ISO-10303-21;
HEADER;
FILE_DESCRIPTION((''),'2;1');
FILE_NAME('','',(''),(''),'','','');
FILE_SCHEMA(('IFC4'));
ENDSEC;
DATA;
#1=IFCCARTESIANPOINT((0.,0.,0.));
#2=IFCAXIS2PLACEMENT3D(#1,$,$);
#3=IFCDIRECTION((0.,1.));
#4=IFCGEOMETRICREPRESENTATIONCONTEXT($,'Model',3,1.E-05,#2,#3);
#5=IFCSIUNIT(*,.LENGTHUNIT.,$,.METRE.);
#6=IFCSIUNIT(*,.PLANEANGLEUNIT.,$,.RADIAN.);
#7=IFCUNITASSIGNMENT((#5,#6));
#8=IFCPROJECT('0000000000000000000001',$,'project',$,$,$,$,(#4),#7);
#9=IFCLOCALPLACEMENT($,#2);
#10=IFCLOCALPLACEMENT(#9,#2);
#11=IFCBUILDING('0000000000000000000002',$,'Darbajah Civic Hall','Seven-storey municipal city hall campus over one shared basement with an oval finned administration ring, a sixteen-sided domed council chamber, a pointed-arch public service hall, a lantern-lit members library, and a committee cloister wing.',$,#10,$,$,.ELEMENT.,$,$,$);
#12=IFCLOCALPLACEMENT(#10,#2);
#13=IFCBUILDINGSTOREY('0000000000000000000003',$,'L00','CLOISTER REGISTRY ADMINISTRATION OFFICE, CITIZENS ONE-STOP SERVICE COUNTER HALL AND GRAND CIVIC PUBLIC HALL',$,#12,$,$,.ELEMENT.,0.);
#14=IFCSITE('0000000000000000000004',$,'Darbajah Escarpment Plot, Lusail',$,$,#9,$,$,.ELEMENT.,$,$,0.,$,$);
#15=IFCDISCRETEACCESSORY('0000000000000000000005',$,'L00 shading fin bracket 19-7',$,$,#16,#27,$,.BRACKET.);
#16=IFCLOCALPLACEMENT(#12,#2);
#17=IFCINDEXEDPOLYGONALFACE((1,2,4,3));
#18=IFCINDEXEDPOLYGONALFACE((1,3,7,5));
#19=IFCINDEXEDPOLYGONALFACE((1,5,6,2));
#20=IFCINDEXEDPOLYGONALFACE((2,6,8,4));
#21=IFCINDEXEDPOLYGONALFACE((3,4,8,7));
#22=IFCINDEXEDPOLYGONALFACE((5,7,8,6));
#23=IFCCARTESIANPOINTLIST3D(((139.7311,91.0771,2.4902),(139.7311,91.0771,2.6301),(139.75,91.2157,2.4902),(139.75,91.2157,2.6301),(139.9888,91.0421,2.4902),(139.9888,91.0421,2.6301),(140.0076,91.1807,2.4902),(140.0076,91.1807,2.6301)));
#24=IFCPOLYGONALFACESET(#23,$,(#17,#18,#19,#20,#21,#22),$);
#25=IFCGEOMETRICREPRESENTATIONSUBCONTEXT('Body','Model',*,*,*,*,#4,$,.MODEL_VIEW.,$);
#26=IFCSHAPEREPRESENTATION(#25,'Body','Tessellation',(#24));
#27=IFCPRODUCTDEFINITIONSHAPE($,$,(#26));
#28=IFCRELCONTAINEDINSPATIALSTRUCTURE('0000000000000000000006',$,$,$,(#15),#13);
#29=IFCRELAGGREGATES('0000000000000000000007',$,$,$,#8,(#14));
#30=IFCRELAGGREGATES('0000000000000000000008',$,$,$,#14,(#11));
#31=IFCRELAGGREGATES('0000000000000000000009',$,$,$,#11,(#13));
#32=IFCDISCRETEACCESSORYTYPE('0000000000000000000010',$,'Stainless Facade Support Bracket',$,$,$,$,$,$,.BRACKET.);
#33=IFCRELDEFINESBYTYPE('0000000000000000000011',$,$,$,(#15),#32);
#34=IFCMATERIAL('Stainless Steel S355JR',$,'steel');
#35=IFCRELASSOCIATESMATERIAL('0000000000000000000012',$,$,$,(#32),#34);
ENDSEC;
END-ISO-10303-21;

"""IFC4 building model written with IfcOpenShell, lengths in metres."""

from ifc_helpers import new_model, si_unit, direction, frame, origin, origin_2d, place, context, subcontext, project, spatial, rectangle, extrude, material, type_object, element, save


model = new_model("IFC4")

# Units and contexts
model_context = context("Model", 3, precision=1e-05, world=origin(), true_north=direction((0.0, 1.0)))
body_context = subcontext(model_context, "Body", "Model", "MODEL_VIEW")
ifc_project = project(units=[si_unit("LENGTHUNIT", "METRE"), si_unit("PLANEANGLEUNIT", "RADIAN")], contexts=[model_context])

# Site, building, storey
site_placement = place(None, origin())
site = spatial("IfcSite", under=ifc_project, at=site_placement, Name="Darbajah Escarpment Plot, Lusail", CompositionType="ELEMENT", RefElevation=0.0)
building_placement = place(site_placement, origin())
building = spatial("IfcBuilding", under=site, at=building_placement, Name="Darbajah Civic Hall", Description="Seven-storey municipal city hall campus over one shared basement with an oval finned administration ring, a sixteen-sided domed council chamber, a pointed-arch public service hall, a lantern-lit members library, and a committee cloister wing.", CompositionType="ELEMENT")
storey_placement = place(building_placement, origin())
storey = spatial("IfcBuildingStorey", under=building, at=storey_placement, Name="L00", Description="CLOISTER REGISTRY ADMINISTRATION OFFICE, CITIZENS ONE-STOP SERVICE COUNTER HALL AND GRAND CIVIC PUBLIC HALL", CompositionType="ELEMENT", Elevation=0.0)

# Discrete accessory
ifc_material_1 = material(Name="Stainless Steel S355JR", Category="steel")
discrete_accessory_type = type_object("IfcDiscreteAccessoryType", Name="Stainless Facade Support Bracket", PredefinedType="BRACKET", material=ifc_material_1)
for number, where, z_axis, x_axis, name in (
    (1, (139.8694, 91.1289, 2.4902), (0.0, 0.0, 1.0), (0.990866, -0.134851, 0.0), "L00 shading fin bracket 19-7"),
):
    element("IfcDiscreteAccessory", number, at=place(storey_placement, frame(where, z_axis=z_axis, x_axis=x_axis)), inside=storey, type_object=discrete_accessory_type, Name=name, PredefinedType="BRACKET", context=body_context, shape_type="SweptSolid", body=[
        extrude(rectangle(XDim=0.26, YDim=0.1399, at=origin_2d()), origin(), (0.0, 0.0, 1.0), 0.1399),
    ])

save(model, "model.ifc")
